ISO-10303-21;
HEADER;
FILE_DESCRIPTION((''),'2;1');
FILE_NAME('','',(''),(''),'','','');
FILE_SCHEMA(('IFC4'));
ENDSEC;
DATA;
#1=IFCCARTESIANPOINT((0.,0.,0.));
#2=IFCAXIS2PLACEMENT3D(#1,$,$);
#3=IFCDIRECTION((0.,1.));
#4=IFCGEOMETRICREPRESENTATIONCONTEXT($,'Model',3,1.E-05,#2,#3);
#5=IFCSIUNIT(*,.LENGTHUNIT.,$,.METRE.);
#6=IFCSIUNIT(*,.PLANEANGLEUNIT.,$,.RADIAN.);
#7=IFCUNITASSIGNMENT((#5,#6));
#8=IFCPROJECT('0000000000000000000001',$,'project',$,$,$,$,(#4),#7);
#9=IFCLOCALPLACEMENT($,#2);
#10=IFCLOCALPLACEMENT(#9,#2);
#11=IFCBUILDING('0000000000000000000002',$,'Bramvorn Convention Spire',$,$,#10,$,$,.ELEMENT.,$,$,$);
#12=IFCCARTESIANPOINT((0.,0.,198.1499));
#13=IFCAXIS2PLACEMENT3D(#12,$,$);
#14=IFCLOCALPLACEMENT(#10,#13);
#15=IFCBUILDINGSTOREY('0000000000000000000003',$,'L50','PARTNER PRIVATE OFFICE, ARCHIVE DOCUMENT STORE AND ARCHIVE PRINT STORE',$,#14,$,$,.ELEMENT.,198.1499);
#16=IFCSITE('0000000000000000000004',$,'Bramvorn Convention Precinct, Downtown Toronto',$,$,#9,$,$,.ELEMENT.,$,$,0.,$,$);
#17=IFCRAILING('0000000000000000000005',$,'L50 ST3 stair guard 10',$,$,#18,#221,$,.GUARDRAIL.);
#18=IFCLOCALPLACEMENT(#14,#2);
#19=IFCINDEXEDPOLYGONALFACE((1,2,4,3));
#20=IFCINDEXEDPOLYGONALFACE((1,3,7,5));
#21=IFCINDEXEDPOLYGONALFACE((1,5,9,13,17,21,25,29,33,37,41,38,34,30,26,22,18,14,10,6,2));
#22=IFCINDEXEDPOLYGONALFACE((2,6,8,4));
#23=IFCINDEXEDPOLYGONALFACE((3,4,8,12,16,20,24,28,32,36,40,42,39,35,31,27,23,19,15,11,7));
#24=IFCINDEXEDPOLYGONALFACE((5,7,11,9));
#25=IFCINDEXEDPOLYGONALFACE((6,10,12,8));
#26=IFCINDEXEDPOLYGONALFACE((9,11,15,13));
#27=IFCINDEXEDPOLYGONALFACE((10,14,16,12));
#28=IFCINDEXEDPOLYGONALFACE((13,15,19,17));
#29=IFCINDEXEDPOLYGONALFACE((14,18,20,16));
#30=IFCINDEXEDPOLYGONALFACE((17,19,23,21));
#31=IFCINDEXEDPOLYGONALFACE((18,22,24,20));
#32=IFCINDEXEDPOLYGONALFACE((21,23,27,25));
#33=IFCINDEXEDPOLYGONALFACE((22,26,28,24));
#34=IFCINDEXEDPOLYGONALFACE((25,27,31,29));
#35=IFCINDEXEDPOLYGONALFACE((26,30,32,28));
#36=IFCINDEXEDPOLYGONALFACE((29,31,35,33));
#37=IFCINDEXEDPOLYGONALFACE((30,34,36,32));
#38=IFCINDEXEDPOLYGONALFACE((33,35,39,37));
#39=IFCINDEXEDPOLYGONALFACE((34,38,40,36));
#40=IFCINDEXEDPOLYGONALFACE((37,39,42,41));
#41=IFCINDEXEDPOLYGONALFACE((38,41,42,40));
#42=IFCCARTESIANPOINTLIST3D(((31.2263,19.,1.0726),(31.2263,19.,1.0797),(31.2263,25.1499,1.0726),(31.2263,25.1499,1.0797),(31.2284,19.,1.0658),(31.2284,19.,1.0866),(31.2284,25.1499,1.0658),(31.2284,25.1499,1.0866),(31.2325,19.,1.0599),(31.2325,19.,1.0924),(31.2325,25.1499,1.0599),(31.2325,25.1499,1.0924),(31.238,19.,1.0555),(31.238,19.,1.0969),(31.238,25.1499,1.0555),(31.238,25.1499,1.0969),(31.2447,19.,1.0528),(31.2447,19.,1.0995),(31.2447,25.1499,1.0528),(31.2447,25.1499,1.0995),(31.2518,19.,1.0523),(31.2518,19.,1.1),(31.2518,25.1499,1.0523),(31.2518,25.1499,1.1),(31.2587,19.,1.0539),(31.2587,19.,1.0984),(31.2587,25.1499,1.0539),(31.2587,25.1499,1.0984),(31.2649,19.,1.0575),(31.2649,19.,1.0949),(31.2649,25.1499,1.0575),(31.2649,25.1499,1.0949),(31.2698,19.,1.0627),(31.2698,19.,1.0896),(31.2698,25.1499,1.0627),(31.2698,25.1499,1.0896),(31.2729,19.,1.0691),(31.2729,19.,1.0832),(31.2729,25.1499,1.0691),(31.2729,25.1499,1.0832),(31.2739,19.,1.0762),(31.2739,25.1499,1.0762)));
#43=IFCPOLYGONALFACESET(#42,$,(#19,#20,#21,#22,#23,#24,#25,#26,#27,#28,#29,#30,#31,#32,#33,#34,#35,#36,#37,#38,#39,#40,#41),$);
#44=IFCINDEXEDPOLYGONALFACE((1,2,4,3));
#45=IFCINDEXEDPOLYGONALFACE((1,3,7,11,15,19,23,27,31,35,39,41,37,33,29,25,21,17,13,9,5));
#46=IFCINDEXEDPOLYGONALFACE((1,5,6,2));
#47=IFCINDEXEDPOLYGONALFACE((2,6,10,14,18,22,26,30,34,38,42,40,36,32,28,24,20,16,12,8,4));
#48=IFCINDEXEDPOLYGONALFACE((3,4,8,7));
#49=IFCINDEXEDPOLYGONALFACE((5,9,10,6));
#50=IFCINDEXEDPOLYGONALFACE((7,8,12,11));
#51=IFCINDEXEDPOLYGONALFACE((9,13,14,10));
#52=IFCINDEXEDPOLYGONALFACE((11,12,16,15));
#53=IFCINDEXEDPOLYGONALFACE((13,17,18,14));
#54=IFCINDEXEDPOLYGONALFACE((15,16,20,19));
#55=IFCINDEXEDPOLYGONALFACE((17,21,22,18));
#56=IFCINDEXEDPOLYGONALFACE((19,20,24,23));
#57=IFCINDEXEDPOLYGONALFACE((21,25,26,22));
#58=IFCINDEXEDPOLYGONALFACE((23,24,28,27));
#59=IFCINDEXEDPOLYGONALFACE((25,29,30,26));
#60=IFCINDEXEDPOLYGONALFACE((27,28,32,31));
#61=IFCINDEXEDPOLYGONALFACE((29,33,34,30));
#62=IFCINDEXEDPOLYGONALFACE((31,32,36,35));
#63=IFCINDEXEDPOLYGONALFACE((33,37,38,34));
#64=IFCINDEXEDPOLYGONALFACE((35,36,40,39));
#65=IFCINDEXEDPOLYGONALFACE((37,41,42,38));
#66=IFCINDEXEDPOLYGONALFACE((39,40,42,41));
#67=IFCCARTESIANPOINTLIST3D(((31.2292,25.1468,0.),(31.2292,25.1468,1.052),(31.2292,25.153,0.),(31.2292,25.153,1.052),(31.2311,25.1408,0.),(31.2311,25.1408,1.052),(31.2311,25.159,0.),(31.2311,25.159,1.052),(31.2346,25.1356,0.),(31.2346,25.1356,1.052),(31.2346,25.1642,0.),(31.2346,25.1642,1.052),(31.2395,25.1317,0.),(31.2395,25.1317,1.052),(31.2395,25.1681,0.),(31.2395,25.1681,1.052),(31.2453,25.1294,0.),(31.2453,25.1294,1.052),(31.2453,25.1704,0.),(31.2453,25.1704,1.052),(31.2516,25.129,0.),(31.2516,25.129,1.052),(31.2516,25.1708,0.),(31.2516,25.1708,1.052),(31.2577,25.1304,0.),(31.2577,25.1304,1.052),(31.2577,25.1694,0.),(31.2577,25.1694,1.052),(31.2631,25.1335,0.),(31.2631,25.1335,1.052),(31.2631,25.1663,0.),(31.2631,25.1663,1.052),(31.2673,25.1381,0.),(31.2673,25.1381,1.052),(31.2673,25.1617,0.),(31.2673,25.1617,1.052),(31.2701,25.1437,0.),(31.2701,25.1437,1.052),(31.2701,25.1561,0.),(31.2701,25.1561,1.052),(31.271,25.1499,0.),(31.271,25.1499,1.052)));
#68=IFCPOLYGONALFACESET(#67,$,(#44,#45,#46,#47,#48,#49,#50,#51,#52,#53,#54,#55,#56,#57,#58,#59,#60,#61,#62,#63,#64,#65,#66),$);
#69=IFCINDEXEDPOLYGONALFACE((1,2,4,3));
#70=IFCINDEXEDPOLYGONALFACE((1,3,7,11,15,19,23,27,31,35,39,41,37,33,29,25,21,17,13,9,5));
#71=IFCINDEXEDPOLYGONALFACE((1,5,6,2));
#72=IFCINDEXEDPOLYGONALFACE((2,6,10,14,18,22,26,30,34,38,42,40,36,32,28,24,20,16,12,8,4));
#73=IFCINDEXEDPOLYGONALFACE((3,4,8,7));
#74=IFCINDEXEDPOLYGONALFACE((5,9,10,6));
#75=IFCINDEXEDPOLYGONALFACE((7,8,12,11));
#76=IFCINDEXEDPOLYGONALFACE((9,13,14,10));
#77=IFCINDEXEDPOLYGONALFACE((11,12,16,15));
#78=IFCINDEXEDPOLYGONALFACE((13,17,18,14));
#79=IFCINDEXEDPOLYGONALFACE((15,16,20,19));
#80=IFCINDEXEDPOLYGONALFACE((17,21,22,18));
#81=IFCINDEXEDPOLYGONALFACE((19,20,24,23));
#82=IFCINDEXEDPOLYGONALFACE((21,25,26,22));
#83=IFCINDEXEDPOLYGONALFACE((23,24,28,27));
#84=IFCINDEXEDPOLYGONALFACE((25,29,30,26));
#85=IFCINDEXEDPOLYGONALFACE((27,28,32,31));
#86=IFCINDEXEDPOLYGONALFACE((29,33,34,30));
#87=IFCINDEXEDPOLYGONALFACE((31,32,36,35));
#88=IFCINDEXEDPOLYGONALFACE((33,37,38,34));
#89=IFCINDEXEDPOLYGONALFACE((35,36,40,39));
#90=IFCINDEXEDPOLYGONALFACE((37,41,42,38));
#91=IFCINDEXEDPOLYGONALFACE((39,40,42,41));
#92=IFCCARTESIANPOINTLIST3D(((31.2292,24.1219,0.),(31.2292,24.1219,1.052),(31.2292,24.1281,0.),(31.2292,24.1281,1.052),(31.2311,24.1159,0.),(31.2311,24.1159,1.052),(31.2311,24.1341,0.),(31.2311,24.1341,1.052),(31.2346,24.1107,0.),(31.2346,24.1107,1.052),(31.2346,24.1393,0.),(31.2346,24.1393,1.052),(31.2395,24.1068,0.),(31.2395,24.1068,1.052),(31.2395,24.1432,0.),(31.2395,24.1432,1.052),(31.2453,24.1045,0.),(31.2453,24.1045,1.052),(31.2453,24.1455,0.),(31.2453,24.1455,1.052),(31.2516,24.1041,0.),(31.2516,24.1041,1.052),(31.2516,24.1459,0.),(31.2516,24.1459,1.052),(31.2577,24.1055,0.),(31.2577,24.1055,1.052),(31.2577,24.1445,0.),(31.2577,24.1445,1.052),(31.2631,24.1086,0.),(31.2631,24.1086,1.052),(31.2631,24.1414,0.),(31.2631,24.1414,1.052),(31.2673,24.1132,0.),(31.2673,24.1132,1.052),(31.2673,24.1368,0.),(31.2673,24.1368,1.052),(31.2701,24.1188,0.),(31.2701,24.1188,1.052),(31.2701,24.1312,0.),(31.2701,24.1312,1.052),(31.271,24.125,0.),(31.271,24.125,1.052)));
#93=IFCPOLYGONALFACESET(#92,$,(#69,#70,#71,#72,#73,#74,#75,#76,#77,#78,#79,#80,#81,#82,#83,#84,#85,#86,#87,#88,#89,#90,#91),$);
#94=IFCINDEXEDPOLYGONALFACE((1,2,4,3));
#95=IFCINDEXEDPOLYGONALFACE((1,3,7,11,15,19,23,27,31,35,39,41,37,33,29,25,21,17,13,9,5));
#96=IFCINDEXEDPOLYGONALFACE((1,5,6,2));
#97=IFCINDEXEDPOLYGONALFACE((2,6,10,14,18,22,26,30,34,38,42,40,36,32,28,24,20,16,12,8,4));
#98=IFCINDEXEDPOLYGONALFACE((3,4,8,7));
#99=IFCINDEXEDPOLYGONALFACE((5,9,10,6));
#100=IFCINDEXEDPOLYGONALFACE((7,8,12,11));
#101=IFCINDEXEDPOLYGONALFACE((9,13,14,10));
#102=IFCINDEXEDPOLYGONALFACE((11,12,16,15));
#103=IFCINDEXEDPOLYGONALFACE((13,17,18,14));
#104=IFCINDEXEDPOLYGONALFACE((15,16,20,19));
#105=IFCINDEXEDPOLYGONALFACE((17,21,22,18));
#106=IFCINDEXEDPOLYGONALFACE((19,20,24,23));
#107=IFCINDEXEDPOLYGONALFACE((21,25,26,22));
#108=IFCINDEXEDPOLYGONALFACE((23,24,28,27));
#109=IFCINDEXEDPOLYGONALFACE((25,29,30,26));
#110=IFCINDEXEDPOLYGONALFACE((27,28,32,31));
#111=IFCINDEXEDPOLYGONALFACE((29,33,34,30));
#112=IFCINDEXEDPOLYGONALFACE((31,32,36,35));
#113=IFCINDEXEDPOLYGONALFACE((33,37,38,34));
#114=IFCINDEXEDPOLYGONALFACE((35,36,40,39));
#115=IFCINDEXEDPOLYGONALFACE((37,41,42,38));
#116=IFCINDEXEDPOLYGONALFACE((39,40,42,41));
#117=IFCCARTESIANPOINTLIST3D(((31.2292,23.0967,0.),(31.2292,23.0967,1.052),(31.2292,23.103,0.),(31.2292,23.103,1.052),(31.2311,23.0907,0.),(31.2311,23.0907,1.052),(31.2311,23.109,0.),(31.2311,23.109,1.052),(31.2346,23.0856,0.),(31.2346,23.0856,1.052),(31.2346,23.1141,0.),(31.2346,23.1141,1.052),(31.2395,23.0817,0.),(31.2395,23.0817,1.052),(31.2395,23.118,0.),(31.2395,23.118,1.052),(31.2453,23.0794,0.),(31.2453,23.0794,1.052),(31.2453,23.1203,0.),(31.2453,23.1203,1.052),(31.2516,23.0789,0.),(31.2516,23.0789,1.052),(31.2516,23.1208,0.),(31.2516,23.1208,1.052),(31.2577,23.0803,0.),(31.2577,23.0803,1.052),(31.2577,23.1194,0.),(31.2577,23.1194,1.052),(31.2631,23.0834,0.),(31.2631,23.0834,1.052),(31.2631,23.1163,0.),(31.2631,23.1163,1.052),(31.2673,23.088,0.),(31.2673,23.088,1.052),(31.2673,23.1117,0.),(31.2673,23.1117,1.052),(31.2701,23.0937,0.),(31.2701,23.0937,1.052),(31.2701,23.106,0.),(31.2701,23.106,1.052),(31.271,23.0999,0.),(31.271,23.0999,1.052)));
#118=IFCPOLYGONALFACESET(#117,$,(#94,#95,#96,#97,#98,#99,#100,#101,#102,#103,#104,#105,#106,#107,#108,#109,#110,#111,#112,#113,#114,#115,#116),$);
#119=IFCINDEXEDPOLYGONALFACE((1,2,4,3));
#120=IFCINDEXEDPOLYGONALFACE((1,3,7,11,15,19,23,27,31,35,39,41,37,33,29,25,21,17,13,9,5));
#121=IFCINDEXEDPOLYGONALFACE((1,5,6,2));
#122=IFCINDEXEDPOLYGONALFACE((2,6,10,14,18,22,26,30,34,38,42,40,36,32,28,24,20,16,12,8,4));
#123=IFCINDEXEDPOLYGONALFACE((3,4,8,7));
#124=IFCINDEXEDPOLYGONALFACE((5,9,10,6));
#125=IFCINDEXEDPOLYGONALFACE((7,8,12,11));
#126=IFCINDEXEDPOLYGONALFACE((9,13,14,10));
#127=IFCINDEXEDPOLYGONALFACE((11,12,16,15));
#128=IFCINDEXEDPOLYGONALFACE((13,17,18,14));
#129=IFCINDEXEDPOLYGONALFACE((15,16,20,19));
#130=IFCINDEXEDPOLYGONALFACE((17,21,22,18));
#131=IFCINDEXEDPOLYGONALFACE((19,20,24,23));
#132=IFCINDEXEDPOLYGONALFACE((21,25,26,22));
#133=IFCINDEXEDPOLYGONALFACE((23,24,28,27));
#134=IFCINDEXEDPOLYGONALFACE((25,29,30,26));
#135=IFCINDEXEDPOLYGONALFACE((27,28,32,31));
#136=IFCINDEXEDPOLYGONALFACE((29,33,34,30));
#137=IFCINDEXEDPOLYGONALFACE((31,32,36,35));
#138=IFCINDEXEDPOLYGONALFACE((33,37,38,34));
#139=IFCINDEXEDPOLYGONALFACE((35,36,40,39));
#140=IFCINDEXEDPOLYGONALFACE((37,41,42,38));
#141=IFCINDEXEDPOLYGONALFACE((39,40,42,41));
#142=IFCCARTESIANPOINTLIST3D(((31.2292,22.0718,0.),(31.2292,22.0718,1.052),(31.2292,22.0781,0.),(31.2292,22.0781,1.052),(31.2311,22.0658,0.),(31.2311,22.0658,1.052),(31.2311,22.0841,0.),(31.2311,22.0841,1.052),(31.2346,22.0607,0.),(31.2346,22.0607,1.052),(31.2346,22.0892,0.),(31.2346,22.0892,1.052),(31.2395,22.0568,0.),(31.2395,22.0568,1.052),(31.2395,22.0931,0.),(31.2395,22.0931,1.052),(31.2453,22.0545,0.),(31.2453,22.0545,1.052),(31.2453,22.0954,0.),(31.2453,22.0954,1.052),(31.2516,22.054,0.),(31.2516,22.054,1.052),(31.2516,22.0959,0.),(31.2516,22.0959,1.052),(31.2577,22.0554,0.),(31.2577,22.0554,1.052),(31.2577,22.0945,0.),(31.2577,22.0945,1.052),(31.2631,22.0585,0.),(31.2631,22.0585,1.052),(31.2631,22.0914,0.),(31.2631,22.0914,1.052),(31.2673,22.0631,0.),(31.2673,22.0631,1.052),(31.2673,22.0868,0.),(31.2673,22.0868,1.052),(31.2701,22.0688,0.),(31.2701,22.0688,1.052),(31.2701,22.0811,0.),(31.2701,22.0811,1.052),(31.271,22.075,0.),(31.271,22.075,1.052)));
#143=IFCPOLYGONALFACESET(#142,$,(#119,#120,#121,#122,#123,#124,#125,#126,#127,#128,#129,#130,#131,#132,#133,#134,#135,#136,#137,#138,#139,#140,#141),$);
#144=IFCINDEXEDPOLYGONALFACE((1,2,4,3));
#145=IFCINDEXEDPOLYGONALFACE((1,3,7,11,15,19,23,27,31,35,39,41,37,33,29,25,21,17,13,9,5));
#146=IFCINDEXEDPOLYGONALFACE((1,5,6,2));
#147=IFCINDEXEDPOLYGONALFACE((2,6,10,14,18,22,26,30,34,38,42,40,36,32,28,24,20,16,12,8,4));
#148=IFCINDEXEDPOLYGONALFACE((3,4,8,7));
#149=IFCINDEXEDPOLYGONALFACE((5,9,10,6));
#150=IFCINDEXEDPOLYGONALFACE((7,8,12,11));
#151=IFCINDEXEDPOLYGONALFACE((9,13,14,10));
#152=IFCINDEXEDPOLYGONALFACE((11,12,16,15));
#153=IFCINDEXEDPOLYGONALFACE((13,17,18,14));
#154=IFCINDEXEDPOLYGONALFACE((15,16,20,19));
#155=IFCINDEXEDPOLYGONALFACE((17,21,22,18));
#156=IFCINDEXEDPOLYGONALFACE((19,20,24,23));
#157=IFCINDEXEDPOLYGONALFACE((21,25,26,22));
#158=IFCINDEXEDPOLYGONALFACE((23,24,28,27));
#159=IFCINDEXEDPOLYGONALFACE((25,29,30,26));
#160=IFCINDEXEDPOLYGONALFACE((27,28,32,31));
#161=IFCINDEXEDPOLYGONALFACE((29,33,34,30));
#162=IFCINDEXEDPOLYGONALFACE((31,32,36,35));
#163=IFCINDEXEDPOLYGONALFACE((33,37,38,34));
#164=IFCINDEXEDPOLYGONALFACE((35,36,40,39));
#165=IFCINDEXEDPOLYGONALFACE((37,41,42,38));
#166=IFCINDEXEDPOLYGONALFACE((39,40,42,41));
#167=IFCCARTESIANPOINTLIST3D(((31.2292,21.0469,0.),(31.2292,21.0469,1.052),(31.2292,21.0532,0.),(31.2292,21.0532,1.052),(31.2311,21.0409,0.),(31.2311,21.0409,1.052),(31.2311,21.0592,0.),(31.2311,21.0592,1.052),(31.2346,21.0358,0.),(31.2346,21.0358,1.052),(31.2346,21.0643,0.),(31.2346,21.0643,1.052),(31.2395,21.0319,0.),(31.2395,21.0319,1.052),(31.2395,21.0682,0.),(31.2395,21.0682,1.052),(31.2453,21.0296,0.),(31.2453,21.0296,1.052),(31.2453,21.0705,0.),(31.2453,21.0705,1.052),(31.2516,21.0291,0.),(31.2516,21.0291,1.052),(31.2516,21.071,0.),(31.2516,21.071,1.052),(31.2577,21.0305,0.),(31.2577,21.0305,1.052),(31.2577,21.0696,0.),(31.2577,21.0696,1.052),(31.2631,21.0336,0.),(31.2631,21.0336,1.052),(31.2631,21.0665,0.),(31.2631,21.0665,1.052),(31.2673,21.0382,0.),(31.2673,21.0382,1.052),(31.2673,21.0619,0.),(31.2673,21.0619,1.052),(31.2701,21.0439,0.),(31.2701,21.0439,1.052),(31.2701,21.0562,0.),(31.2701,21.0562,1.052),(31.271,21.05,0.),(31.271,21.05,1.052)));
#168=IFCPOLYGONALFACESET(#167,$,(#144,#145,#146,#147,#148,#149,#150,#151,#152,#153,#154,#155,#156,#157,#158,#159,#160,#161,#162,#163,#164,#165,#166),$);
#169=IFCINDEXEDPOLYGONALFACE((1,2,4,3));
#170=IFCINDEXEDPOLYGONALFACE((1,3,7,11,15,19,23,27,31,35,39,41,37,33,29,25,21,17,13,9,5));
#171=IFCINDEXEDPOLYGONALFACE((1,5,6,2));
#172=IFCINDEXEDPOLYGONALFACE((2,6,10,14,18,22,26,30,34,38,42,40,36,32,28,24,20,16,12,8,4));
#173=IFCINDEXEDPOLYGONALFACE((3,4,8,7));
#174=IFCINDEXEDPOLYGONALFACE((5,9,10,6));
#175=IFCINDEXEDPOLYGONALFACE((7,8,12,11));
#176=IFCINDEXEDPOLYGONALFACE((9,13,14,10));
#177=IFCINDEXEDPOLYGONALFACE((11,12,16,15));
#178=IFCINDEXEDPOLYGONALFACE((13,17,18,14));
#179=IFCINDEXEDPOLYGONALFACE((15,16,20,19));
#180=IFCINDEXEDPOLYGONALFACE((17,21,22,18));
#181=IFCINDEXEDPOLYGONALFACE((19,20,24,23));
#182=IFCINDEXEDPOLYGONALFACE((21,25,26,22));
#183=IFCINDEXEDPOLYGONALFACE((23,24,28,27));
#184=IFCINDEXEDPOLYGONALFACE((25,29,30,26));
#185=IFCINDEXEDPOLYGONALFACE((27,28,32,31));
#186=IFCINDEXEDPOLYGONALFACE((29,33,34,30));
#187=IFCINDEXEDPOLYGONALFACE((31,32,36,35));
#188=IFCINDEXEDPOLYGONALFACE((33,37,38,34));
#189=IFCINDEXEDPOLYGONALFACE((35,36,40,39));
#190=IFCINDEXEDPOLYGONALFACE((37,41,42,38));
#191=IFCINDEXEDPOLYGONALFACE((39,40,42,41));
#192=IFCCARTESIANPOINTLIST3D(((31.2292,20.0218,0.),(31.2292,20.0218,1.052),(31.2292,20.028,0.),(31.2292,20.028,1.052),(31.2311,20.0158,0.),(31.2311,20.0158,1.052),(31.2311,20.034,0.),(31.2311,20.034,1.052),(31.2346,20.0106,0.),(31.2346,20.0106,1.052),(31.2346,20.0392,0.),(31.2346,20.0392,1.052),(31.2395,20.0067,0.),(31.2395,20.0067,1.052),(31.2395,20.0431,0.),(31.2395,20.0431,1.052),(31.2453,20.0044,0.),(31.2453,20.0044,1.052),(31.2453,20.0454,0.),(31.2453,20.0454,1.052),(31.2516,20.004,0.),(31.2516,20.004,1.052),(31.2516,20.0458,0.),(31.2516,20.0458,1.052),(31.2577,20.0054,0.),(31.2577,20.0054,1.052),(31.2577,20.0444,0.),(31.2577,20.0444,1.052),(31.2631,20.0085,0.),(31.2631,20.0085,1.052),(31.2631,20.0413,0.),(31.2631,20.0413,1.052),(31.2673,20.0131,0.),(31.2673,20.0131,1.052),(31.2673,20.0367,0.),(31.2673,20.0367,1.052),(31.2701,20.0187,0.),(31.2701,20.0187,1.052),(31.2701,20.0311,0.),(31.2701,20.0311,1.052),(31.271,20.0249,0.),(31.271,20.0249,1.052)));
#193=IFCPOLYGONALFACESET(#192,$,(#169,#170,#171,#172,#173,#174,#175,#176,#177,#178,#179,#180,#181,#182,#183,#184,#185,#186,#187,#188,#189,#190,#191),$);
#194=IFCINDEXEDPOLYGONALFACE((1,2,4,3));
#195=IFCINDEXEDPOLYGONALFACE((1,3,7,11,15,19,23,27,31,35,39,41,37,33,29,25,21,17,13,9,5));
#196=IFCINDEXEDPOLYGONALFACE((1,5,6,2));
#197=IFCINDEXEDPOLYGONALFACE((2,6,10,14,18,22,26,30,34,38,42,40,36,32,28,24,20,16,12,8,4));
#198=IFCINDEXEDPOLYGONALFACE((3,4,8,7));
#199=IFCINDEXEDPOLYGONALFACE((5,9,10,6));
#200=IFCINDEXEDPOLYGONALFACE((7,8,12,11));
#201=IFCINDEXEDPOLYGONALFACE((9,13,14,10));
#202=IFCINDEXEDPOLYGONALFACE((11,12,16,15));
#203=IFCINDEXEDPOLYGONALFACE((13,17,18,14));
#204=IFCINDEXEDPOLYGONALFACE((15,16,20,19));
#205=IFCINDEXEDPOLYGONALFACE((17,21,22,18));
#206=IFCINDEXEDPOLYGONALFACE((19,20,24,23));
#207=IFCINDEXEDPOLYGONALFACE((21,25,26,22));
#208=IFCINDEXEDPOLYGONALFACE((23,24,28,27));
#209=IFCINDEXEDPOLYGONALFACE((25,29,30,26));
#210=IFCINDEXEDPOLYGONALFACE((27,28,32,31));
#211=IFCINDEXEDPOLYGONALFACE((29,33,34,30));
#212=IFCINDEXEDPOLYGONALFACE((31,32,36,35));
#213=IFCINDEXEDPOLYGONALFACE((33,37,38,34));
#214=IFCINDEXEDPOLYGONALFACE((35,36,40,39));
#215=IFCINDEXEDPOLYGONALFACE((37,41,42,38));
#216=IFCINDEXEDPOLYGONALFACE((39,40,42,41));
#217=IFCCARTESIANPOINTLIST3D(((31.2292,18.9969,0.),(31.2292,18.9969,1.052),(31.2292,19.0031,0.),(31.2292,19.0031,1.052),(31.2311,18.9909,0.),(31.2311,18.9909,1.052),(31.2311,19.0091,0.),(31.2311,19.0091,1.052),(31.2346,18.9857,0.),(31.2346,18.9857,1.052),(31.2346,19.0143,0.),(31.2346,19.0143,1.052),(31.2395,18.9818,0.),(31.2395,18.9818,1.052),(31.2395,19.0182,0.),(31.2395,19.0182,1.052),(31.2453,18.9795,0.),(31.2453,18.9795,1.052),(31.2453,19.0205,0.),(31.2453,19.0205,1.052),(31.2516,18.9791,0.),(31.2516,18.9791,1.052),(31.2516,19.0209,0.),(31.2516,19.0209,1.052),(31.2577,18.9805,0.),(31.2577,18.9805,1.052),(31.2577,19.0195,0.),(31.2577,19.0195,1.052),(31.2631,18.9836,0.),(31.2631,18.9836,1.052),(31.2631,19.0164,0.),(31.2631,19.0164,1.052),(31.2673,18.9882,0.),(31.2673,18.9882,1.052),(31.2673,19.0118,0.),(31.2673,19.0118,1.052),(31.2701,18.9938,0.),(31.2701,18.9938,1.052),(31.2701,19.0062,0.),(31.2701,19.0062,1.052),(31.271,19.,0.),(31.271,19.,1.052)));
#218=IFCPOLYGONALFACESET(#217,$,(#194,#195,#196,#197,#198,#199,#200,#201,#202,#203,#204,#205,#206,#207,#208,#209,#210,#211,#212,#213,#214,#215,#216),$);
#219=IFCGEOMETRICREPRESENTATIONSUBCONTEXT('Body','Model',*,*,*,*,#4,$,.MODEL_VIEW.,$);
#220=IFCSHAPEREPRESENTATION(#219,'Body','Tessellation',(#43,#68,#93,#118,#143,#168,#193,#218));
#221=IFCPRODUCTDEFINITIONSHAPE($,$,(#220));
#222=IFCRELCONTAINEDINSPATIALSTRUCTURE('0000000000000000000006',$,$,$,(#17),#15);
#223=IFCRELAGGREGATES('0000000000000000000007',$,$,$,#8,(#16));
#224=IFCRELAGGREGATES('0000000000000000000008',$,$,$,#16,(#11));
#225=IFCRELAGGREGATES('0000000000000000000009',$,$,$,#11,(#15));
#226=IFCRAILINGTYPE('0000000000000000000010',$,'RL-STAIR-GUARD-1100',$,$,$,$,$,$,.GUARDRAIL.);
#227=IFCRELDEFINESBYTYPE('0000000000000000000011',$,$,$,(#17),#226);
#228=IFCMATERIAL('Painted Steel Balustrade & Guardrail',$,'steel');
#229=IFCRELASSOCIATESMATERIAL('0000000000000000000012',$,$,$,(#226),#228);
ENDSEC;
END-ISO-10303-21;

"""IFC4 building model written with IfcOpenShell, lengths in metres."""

from ifc_helpers import new_model, si_unit, direction, frame, origin, origin_2d, place, context, subcontext, project, spatial, circle, extrude, material, type_object, element, save


model = new_model("IFC4")

# Units and contexts
model_context = context("Model", 3, precision=1e-05, world=origin(), true_north=direction((0.0, 1.0)))
body_context = subcontext(model_context, "Body", "Model", "MODEL_VIEW")
ifc_project = project(units=[si_unit("LENGTHUNIT", "METRE"), si_unit("PLANEANGLEUNIT", "RADIAN")], contexts=[model_context])

# Site, building, storey
site_placement = place(None, origin())
site = spatial("IfcSite", under=ifc_project, at=site_placement, Name="Bramvorn Convention Precinct, Downtown Toronto", CompositionType="ELEMENT", RefElevation=0.0)
building_placement = place(site_placement, origin())
building = spatial("IfcBuilding", under=site, at=building_placement, Name="Bramvorn Convention Spire", CompositionType="ELEMENT")
storey_placement = place(building_placement, frame((0.0, 0.0, 198.1499)))
storey = spatial("IfcBuildingStorey", under=building, at=storey_placement, Name="L50", Description="PARTNER PRIVATE OFFICE, ARCHIVE DOCUMENT STORE AND ARCHIVE PRINT STORE", CompositionType="ELEMENT", Elevation=198.1499)

# Railing
ifc_material_1 = material(Name="Painted Steel Balustrade & Guardrail", Category="steel")
railing_type_1 = type_object("IfcRailingType", Name="RL-STAIR-GUARD-1100", PredefinedType="GUARDRAIL", material=ifc_material_1)
railing_1_placement = place(storey_placement, frame((31.25, 25.1499, 0.0)))
element("IfcRailing", 1, at=railing_1_placement, inside=storey, type_object=railing_type_1, Name="L50 ST3 stair guard 10", PredefinedType="GUARDRAIL", context=body_context, shape_type="SweptSolid", body=[
    extrude(circle(Radius=0.0239, at=origin_2d()), frame((0.0, 0.0, 1.0762), z_axis=(0.0, -1.0, 0.0), x_axis=(1.0, 0.0, 0.0)), (0.0, 0.0, 1.0), 6.1499),
    extrude(circle(Radius=0.021, at=origin_2d()), origin(), (0.0, 0.0, 1.0), 1.052),
    extrude(circle(Radius=0.021, at=origin_2d()), frame((0.0, -1.0249, 0.0)), (0.0, 0.0, 1.0), 1.052),
    extrude(circle(Radius=0.021, at=origin_2d()), frame((0.0, -2.05, 0.0)), (0.0, 0.0, 1.0), 1.052),
    extrude(circle(Radius=0.021, at=origin_2d()), frame((0.0, -3.075, 0.0)), (0.0, 0.0, 1.0), 1.052),
    extrude(circle(Radius=0.021, at=origin_2d()), frame((0.0, -4.0999, 0.0)), (0.0, 0.0, 1.0), 1.052),
    extrude(circle(Radius=0.021, at=origin_2d()), frame((0.0, -5.125, 0.0)), (0.0, 0.0, 1.0), 1.052),
    extrude(circle(Radius=0.021, at=origin_2d()), frame((0.0, -6.1499, 0.0)), (0.0, 0.0, 1.0), 1.052),
])

save(model, "model.ifc")
